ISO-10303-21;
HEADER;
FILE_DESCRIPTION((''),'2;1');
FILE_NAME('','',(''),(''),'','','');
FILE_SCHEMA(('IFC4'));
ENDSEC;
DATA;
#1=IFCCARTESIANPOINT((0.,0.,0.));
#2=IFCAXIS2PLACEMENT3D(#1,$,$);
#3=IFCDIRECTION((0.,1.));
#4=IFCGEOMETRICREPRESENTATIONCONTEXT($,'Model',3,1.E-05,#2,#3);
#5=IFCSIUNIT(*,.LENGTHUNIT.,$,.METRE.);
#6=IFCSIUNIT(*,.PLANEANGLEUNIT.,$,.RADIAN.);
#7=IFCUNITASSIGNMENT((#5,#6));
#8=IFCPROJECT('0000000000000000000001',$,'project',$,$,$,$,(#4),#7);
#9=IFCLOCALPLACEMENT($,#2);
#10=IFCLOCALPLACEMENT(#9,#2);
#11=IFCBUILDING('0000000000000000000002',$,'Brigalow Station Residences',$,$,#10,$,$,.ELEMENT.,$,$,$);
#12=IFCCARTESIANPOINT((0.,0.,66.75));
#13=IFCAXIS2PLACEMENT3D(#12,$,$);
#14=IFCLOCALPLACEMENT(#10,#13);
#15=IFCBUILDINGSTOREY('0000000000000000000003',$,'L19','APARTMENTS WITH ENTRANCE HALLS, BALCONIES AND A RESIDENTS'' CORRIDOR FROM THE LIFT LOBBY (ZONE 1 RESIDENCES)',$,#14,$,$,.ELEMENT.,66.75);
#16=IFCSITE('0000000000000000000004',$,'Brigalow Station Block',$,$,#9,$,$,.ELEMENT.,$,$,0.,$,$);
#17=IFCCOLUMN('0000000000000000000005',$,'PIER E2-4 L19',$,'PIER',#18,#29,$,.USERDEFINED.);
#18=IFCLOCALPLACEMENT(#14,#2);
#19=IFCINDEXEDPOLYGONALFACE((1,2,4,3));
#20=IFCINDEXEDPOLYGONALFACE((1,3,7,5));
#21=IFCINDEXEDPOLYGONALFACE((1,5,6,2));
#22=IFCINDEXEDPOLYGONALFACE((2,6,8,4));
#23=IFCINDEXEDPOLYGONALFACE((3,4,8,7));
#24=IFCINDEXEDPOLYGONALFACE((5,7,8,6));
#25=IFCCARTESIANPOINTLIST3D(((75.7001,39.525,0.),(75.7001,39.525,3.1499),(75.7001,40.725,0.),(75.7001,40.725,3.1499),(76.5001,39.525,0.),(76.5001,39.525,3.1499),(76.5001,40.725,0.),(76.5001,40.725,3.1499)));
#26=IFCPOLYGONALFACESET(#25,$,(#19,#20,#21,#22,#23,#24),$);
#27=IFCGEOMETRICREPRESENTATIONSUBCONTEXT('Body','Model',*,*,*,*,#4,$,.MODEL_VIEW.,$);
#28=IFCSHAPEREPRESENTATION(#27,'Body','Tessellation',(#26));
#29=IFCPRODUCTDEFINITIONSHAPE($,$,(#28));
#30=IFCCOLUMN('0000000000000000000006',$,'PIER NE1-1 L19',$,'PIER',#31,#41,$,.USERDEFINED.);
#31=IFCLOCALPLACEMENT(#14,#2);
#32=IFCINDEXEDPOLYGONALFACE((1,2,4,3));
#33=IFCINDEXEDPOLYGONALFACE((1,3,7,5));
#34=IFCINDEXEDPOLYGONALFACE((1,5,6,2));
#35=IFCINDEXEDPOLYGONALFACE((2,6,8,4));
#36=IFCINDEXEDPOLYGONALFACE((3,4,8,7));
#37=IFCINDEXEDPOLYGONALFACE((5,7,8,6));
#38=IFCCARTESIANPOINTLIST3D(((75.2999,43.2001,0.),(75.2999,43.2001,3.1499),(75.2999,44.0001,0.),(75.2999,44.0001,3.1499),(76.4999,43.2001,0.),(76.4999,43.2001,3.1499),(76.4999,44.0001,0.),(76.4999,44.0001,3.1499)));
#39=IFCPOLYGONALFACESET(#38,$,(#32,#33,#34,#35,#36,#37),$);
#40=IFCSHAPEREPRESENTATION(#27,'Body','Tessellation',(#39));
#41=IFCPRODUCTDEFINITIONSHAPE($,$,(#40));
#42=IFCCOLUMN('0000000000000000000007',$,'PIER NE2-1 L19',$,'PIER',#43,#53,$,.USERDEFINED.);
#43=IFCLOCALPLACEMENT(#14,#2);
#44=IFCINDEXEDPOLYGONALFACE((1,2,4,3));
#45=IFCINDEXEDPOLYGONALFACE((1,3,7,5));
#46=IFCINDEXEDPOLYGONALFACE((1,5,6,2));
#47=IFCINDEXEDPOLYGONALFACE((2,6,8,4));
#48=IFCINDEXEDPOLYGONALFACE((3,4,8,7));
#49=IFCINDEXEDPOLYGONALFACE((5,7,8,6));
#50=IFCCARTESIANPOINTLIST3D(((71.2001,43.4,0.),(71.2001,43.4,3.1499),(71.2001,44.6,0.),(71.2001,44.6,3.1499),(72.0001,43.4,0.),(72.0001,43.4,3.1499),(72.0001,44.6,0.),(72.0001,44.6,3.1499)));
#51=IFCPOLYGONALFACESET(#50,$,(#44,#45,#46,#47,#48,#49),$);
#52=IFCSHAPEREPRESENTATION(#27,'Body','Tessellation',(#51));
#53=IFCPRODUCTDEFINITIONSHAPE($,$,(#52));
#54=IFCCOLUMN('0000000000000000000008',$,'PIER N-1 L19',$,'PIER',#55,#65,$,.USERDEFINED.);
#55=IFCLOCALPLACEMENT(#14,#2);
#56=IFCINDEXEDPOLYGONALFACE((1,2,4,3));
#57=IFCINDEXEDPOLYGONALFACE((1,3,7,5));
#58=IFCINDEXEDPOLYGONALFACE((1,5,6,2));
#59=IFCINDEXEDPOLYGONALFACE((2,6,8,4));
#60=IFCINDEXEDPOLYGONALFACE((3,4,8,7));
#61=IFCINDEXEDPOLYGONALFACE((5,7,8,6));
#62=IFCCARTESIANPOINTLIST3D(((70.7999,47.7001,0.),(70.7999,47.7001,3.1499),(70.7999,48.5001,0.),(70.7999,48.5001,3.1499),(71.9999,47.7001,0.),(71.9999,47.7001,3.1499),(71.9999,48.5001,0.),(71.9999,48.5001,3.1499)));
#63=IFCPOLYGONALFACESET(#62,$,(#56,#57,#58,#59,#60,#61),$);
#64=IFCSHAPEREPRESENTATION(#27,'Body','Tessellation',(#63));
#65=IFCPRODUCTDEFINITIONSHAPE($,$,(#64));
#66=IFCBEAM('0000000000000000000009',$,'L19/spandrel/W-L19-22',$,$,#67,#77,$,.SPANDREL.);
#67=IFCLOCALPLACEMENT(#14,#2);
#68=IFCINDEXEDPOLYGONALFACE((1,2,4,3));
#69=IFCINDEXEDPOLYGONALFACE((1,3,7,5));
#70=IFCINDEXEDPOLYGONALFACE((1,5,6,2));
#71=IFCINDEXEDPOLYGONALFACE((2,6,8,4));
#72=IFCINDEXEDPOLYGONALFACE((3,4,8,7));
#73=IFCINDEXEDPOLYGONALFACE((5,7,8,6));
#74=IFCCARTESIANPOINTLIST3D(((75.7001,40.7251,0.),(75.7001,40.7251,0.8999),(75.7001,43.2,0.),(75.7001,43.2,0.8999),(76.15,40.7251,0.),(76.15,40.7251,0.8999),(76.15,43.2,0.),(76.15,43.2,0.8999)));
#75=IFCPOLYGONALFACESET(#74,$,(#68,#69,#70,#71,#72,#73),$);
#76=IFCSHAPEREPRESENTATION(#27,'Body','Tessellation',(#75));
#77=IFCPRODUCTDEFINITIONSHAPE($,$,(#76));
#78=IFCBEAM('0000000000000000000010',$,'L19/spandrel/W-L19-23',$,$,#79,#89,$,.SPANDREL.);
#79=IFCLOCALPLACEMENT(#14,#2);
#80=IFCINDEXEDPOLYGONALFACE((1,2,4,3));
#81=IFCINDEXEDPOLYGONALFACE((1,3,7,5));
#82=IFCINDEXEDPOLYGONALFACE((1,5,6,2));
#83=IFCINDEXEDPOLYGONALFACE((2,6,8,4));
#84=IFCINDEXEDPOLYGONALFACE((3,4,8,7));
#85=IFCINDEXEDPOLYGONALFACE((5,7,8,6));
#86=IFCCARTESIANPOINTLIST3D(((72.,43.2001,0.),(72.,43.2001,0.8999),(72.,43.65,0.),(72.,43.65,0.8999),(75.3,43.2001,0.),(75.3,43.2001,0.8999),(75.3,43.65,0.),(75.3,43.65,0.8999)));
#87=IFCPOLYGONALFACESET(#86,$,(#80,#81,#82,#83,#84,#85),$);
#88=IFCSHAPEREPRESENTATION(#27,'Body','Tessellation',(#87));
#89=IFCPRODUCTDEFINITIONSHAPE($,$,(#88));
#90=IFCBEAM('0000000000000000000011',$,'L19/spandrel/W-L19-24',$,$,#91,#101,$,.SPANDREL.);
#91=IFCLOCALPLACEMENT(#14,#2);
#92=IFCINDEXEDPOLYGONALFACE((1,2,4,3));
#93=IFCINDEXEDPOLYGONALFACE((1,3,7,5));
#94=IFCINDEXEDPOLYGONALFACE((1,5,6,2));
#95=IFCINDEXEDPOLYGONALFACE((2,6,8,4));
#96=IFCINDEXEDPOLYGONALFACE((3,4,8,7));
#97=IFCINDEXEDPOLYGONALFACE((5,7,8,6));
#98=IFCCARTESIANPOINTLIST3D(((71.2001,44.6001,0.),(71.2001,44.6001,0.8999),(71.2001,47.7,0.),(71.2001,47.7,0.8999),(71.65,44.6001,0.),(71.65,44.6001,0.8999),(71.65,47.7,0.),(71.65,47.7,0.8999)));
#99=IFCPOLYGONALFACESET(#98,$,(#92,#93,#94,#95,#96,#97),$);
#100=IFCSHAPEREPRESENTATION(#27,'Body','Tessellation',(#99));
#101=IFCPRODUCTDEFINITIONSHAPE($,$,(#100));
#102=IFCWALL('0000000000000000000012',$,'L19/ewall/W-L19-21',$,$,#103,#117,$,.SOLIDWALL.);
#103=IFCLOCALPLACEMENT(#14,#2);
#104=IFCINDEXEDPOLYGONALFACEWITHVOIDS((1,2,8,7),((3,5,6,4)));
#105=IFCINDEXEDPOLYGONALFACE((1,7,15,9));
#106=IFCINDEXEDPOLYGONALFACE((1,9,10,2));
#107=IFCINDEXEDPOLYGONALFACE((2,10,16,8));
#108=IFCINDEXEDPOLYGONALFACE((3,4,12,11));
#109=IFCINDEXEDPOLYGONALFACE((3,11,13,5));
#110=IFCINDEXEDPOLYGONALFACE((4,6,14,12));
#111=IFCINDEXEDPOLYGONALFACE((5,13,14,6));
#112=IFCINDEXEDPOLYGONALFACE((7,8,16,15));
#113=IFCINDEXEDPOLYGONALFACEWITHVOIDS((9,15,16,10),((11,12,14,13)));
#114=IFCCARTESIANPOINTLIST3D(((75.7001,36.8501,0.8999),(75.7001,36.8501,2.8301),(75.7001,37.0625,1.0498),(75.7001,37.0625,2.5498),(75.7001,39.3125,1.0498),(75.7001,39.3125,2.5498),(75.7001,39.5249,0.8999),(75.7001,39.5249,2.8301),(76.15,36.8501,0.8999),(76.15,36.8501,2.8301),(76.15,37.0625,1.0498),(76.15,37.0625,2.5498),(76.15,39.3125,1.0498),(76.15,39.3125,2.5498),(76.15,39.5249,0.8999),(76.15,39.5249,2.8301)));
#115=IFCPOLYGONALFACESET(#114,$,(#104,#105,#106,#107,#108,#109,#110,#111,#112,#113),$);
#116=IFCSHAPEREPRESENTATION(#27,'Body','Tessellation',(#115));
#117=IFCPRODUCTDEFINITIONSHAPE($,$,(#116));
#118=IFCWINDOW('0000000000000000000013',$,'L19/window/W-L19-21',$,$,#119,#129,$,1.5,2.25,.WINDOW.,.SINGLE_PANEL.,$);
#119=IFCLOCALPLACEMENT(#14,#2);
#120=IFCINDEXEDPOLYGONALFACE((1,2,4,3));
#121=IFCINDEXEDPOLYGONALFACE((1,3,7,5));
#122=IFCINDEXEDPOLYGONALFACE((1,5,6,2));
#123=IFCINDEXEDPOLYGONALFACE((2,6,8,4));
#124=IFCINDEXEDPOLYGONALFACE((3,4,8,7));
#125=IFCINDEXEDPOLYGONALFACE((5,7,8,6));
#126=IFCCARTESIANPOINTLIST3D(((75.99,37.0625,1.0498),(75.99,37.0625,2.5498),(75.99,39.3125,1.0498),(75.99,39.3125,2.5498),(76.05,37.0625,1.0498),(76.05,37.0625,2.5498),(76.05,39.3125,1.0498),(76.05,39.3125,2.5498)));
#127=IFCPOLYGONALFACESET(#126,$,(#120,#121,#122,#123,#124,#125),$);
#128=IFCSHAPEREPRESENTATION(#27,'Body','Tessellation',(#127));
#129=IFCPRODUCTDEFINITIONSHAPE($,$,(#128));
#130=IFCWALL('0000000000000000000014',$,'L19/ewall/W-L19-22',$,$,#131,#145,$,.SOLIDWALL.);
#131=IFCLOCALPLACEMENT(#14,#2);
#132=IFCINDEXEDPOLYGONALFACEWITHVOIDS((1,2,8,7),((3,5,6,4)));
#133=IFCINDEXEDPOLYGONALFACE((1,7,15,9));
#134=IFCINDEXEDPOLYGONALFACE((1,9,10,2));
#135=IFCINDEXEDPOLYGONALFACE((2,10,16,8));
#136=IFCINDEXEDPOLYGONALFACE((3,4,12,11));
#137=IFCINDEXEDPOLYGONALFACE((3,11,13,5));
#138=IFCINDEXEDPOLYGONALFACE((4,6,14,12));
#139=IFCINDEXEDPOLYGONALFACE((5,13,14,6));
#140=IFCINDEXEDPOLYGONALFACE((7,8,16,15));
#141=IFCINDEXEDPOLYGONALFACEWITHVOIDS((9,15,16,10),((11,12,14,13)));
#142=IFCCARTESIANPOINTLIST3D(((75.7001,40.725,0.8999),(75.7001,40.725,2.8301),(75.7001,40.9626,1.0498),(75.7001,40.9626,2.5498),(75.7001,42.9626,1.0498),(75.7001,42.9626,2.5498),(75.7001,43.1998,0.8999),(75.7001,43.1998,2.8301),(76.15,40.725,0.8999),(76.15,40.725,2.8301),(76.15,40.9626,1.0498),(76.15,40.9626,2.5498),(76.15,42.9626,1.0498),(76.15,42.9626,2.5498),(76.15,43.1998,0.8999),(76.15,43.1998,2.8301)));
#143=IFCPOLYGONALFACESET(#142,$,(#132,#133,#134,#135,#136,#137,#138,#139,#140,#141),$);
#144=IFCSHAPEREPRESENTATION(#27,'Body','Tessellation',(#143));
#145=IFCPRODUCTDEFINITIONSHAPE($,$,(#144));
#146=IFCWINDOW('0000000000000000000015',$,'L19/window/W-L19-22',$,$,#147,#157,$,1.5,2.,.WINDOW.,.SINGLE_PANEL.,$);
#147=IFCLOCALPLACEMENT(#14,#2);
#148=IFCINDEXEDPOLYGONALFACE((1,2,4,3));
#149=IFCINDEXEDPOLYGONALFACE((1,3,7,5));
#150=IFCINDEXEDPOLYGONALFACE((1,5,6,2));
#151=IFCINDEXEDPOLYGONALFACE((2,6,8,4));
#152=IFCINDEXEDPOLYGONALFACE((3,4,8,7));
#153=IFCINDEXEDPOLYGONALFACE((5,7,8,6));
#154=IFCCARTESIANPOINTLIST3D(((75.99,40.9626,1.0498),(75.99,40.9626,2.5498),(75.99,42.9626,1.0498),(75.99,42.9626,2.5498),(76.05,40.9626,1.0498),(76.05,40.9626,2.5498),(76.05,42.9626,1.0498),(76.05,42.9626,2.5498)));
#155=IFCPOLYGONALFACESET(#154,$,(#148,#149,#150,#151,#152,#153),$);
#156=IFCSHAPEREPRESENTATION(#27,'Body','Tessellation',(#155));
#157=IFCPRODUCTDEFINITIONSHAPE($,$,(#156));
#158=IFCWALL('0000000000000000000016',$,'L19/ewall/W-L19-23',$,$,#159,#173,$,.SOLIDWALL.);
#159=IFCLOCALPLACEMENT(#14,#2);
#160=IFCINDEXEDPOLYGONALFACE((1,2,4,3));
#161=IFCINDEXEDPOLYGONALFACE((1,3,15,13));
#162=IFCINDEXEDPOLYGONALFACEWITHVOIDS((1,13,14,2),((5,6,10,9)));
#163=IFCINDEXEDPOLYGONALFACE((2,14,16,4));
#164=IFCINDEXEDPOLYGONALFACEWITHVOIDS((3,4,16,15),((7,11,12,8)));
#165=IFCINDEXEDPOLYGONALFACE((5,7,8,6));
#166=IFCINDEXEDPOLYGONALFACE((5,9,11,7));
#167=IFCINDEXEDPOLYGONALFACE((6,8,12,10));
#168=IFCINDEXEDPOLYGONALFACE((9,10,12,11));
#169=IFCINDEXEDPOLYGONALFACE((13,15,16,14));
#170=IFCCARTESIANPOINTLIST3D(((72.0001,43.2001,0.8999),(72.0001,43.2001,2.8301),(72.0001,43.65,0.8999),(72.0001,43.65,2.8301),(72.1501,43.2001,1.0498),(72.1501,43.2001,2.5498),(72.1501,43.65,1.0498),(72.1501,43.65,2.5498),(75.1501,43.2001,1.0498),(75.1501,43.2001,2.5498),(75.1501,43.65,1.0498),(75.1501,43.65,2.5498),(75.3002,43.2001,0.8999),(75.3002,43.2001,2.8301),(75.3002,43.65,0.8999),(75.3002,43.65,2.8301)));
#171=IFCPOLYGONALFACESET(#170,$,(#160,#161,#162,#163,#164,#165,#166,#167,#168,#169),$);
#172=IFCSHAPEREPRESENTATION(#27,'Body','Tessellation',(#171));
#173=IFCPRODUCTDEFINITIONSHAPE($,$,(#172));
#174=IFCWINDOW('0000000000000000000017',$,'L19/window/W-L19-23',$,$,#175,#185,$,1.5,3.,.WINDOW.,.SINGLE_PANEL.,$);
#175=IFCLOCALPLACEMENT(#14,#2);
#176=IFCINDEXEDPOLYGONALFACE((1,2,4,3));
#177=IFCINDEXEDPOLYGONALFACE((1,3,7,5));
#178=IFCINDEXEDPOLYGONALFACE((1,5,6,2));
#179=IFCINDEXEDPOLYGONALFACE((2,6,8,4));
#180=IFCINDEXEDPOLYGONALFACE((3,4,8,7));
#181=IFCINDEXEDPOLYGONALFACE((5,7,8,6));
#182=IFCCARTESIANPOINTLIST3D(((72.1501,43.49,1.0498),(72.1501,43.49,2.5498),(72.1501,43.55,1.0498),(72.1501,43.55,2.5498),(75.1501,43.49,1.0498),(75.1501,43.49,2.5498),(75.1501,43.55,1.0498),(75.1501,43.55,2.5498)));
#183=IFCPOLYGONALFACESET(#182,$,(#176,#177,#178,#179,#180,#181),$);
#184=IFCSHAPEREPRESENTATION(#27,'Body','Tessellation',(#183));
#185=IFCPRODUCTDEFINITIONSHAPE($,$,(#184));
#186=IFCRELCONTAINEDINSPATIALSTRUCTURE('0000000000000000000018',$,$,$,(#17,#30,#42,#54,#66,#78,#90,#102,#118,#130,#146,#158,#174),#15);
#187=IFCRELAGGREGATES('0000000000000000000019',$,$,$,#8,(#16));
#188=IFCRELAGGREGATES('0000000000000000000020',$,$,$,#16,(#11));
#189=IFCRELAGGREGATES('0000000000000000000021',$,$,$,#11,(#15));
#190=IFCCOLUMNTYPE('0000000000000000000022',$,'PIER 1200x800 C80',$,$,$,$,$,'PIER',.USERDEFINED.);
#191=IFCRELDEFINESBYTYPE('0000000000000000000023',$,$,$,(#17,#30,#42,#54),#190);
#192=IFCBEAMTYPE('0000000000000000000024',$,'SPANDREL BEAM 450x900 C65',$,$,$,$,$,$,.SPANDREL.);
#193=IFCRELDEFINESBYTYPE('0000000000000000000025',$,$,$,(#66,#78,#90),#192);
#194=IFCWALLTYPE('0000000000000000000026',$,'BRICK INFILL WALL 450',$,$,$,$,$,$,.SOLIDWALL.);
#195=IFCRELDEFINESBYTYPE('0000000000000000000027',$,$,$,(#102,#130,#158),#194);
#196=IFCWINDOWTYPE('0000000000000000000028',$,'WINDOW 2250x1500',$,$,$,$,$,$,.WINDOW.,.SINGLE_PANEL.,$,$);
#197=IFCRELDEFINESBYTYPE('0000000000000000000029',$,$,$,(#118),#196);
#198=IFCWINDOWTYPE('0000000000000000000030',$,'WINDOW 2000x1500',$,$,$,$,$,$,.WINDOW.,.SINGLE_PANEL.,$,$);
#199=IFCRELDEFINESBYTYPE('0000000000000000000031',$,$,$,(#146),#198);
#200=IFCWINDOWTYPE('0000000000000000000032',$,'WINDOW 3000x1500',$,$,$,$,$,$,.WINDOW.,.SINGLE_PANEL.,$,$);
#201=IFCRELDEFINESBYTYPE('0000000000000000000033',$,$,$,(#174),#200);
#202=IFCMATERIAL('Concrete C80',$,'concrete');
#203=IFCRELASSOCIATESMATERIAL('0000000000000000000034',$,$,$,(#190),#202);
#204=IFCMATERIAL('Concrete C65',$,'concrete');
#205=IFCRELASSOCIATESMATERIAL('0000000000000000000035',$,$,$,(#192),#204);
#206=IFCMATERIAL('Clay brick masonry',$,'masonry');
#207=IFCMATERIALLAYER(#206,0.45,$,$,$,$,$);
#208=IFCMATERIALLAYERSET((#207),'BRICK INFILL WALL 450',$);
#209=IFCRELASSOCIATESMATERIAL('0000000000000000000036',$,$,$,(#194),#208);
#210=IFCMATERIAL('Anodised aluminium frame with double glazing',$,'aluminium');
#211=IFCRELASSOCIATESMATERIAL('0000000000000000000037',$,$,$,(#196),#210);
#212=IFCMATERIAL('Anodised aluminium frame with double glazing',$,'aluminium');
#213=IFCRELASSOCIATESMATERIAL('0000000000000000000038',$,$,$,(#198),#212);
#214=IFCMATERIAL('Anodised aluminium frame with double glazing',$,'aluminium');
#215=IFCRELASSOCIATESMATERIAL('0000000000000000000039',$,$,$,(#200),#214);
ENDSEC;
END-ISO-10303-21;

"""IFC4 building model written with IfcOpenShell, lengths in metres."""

from ifc_helpers import new_model, si_unit, direction, frame, frame_2d, origin, origin_2d, place, context, subcontext, project, spatial, rectangle, extrude, material, layer, layer_set, material_profile, profile_set, type_object, element, fill, save


model = new_model("IFC4")

# Units and contexts
model_context = context("Model", 3, precision=1e-05, world=origin(), true_north=direction((0.0, 1.0)))
body_context = subcontext(model_context, "Body", "Model", "MODEL_VIEW")
ifc_project = project(units=[si_unit("LENGTHUNIT", "METRE"), si_unit("PLANEANGLEUNIT", "RADIAN")], contexts=[model_context])

# Site, building, storey
site_placement = place(None, origin())
site = spatial("IfcSite", under=ifc_project, at=site_placement, Name="Brigalow Station Block", CompositionType="ELEMENT", RefElevation=0.0)
building_placement = place(site_placement, origin())
building = spatial("IfcBuilding", under=site, at=building_placement, Name="Brigalow Station Residences", CompositionType="ELEMENT")
storey_placement = place(building_placement, frame((0.0, 0.0, 66.75)))
storey = spatial("IfcBuildingStorey", under=building, at=storey_placement, Name="L19", Description="APARTMENTS WITH ENTRANCE HALLS, BALCONIES AND A RESIDENTS' CORRIDOR FROM THE LIFT LOBBY (ZONE 1 RESIDENCES)", CompositionType="ELEMENT", Elevation=66.75)

# Columns
ifc_material_1 = material(Name="Concrete C80", Category="concrete")
ifc_material_profile_1 = material_profile(ifc_material_1, rectangle(XDim=1.2, YDim=0.8, at=origin_2d()), Name="RC1200x800")
ifc_profile_set_1 = profile_set([ifc_material_profile_1], Name="Concrete C80")
column_type = type_object("IfcColumnType", Name="PIER 1200x800 C80", ElementType="PIER", PredefinedType="USERDEFINED", material=ifc_profile_set_1)
for number, where, z_axis, x_axis, name in (
    (1, (76.1001, 40.125, 0.0), (0.0, 0.0, 1.0), (0.0, 1.0, 0.0), "PIER E2-4 L19"),
    (2, (75.8999, 43.6001, 0.0), (0.0, 0.0, 1.0), (-1.0, 0.0, 0.0), "PIER NE1-1 L19"),
    (3, (71.6001, 44.0, 0.0), (0.0, 0.0, 1.0), (0.0, 1.0, 0.0), "PIER NE2-1 L19"),
    (4, (71.3999, 48.1001, 0.0), (0.0, 0.0, 1.0), (-1.0, 0.0, 0.0), "PIER N-1 L19"),
):
    element("IfcColumn", number, at=place(storey_placement, frame(where, z_axis=z_axis, x_axis=x_axis)), inside=storey, type_object=column_type, Name=name, ObjectType="PIER", PredefinedType="USERDEFINED", context=body_context, shape_type="SweptSolid", body=[
        extrude(rectangle(XDim=1.2, YDim=0.8, at=origin_2d()), origin(), (0.0, 0.0, 1.0), 3.1499),
    ])

# Beams
ifc_material_2 = material(Name="Concrete C65", Category="concrete")
ifc_material_profile_2 = material_profile(ifc_material_2, rectangle(XDim=0.45, YDim=0.8999, at=origin_2d()), Name="RC450x900")
ifc_profile_set_2 = profile_set([ifc_material_profile_2], Name="Concrete C65")
beam_type = type_object("IfcBeamType", Name="SPANDREL BEAM 450x900 C65", PredefinedType="SPANDREL", material=ifc_profile_set_2)
beam_1_placement = place(storey_placement, frame((75.925, 40.7251, 0.45), z_axis=(0.0, 1.0, 0.0), x_axis=(-1.0, 0.0, 0.0)))
element("IfcBeam", 5, at=beam_1_placement, inside=storey, type_object=beam_type, Name="L19/spandrel/W-L19-22", PredefinedType="SPANDREL", context=body_context, shape_type="SweptSolid", body=[
    extrude(rectangle(XDim=0.45, YDim=0.8999, at=origin_2d()), origin(), (0.0, 0.0, 1.0), 2.4749),
])
beam_2_placement = place(storey_placement, frame((75.3, 43.425, 0.45), z_axis=(-1.0, 0.0, 0.0), x_axis=(0.0, -1.0, 0.0)))
element("IfcBeam", 6, at=beam_2_placement, inside=storey, type_object=beam_type, Name="L19/spandrel/W-L19-23", PredefinedType="SPANDREL", context=body_context, shape_type="SweptSolid", body=[
    extrude(rectangle(XDim=0.45, YDim=0.8999, at=origin_2d()), origin(), (0.0, 0.0, 1.0), 3.3),
])
beam_3_placement = place(storey_placement, frame((71.425, 44.6001, 0.45), z_axis=(0.0, 1.0, 0.0), x_axis=(-1.0, 0.0, 0.0)))
element("IfcBeam", 7, at=beam_3_placement, inside=storey, type_object=beam_type, Name="L19/spandrel/W-L19-24", PredefinedType="SPANDREL", context=body_context, shape_type="SweptSolid", body=[
    extrude(rectangle(XDim=0.45, YDim=0.8999, at=origin_2d()), origin(), (0.0, 0.0, 1.0), 3.0999),
])

# Walls, openings, windows
ifc_material_3 = material(Name="Clay brick masonry", Category="masonry")
ifc_layer_1 = layer(ifc_material_3, 0.45)
ifc_layer_set_1 = layer_set([ifc_layer_1], Name="BRICK INFILL WALL 450")
wall_type_1 = type_object("IfcWallType", Name="BRICK INFILL WALL 450", PredefinedType="SOLIDWALL", material=ifc_layer_set_1)
wall_1_placement = place(storey_placement, frame((75.925, 36.8501, 0.8999), z_axis=(0.0, 0.0, 1.0), x_axis=(0.0, 1.0, 0.0)))
wall_1 = element("IfcWall", 8, at=wall_1_placement, inside=storey, type_object=wall_type_1, Name="L19/ewall/W-L19-21", PredefinedType="SOLIDWALL", context=body_context, shape_type="SweptSolid", body=[
    extrude(rectangle(XDim=2.6748, YDim=0.45, at=frame_2d((1.3374, 0.0))), origin(), (0.0, 0.0, 1.0), 1.9302),
])
opening_1_placement = place(wall_1_placement, frame((0.2124, 0.0, 0.1499)))
opening_1 = element("IfcOpeningElement", 9, at=opening_1_placement, cuts=wall_1, PredefinedType="OPENING", context=body_context, shape_type="SweptSolid", body=[
    extrude(rectangle(XDim=2.25, YDim=1.5, at=frame_2d((1.125, 0.75))), frame((0.0, 0.2349, 0.0), z_axis=(0.0, -1.0, 0.0), x_axis=(1.0, 0.0, 0.0)), (0.0, 0.0, 1.0), 0.47),
])
ifc_material_4 = material(Name="Anodised aluminium frame with double glazing", Category="aluminium")
window_type_1 = type_object("IfcWindowType", Name="WINDOW 2250x1500", PartitioningType="SINGLE_PANEL", PredefinedType="WINDOW", material=ifc_material_4)
window_1_placement = place(opening_1_placement, origin())
window_1 = element("IfcWindow", 10, at=window_1_placement, inside=storey, type_object=window_type_1, Name="L19/window/W-L19-21", OverallHeight=1.5, OverallWidth=2.25, PartitioningType="SINGLE_PANEL", PredefinedType="WINDOW", context=body_context, shape_type="SweptSolid", body=[
    extrude(rectangle(XDim=2.25, YDim=1.5, at=frame_2d((1.125, 0.75))), frame((0.0, -0.0649, 0.0), z_axis=(0.0, -1.0, 0.0), x_axis=(1.0, 0.0, 0.0)), (0.0, 0.0, 1.0), 0.0601),
])
fill(opening_1, window_1)
wall_2_placement = place(storey_placement, frame((75.925, 40.7251, 0.8999), z_axis=(0.0, 0.0, 1.0), x_axis=(0.0, 1.0, 0.0)))
wall_2 = element("IfcWall", 11, at=wall_2_placement, inside=storey, type_object=wall_type_1, Name="L19/ewall/W-L19-22", PredefinedType="SOLIDWALL", context=body_context, shape_type="SweptSolid", body=[
    extrude(rectangle(XDim=2.4749, YDim=0.45, at=frame_2d((1.2373, 0.0))), origin(), (0.0, 0.0, 1.0), 1.9302),
])
opening_2_placement = place(wall_2_placement, frame((0.2375, 0.0, 0.1499)))
opening_2 = element("IfcOpeningElement", 12, at=opening_2_placement, cuts=wall_2, PredefinedType="OPENING", context=body_context, shape_type="SweptSolid", body=[
    extrude(rectangle(XDim=2.0, YDim=1.5, at=frame_2d((1.0, 0.75))), frame((0.0, 0.2349, 0.0), z_axis=(0.0, -1.0, 0.0), x_axis=(1.0, 0.0, 0.0)), (0.0, 0.0, 1.0), 0.47),
])
ifc_material_5 = material(Name="Anodised aluminium frame with double glazing", Category="aluminium")
window_type_2 = type_object("IfcWindowType", Name="WINDOW 2000x1500", PartitioningType="SINGLE_PANEL", PredefinedType="WINDOW", material=ifc_material_5)
window_2_placement = place(opening_2_placement, origin())
window_2 = element("IfcWindow", 13, at=window_2_placement, inside=storey, type_object=window_type_2, Name="L19/window/W-L19-22", OverallHeight=1.5, OverallWidth=2.0, PartitioningType="SINGLE_PANEL", PredefinedType="WINDOW", context=body_context, shape_type="SweptSolid", body=[
    extrude(rectangle(XDim=2.0, YDim=1.5, at=frame_2d((1.0, 0.75))), frame((0.0, -0.0649, 0.0), z_axis=(0.0, -1.0, 0.0), x_axis=(1.0, 0.0, 0.0)), (0.0, 0.0, 1.0), 0.0601),
])
fill(opening_2, window_2)
wall_3_placement = place(storey_placement, frame((75.3, 43.425, 0.8999), z_axis=(0.0, 0.0, 1.0), x_axis=(-1.0, 0.0, 0.0)))
wall_3 = element("IfcWall", 14, at=wall_3_placement, inside=storey, type_object=wall_type_1, Name="L19/ewall/W-L19-23", PredefinedType="SOLIDWALL", context=body_context, shape_type="SweptSolid", body=[
    extrude(rectangle(XDim=3.3, YDim=0.45, at=frame_2d((1.6499, 0.0))), origin(), (0.0, 0.0, 1.0), 1.9302),
])
opening_3_placement = place(wall_3_placement, frame((0.1499, 0.0, 0.1499)))
opening_3 = element("IfcOpeningElement", 15, at=opening_3_placement, cuts=wall_3, PredefinedType="OPENING", context=body_context, shape_type="SweptSolid", body=[
    extrude(rectangle(XDim=3.0, YDim=1.5, at=frame_2d((1.5, 0.75))), frame((0.0, 0.2349, 0.0), z_axis=(0.0, -1.0, 0.0), x_axis=(1.0, 0.0, 0.0)), (0.0, 0.0, 1.0), 0.47),
])
ifc_material_6 = material(Name="Anodised aluminium frame with double glazing", Category="aluminium")
window_type_3 = type_object("IfcWindowType", Name="WINDOW 3000x1500", PartitioningType="SINGLE_PANEL", PredefinedType="WINDOW", material=ifc_material_6)
window_3_placement = place(opening_3_placement, origin())
window_3 = element("IfcWindow", 16, at=window_3_placement, inside=storey, type_object=window_type_3, Name="L19/window/W-L19-23", OverallHeight=1.5, OverallWidth=3.0, PartitioningType="SINGLE_PANEL", PredefinedType="WINDOW", context=body_context, shape_type="SweptSolid", body=[
    extrude(rectangle(XDim=3.0, YDim=1.5, at=frame_2d((1.5, 0.75))), frame((0.0, -0.0649, 0.0), z_axis=(0.0, -1.0, 0.0), x_axis=(1.0, 0.0, 0.0)), (0.0, 0.0, 1.0), 0.0601),
])
fill(opening_3, window_3)

save(model, "model.ifc")
